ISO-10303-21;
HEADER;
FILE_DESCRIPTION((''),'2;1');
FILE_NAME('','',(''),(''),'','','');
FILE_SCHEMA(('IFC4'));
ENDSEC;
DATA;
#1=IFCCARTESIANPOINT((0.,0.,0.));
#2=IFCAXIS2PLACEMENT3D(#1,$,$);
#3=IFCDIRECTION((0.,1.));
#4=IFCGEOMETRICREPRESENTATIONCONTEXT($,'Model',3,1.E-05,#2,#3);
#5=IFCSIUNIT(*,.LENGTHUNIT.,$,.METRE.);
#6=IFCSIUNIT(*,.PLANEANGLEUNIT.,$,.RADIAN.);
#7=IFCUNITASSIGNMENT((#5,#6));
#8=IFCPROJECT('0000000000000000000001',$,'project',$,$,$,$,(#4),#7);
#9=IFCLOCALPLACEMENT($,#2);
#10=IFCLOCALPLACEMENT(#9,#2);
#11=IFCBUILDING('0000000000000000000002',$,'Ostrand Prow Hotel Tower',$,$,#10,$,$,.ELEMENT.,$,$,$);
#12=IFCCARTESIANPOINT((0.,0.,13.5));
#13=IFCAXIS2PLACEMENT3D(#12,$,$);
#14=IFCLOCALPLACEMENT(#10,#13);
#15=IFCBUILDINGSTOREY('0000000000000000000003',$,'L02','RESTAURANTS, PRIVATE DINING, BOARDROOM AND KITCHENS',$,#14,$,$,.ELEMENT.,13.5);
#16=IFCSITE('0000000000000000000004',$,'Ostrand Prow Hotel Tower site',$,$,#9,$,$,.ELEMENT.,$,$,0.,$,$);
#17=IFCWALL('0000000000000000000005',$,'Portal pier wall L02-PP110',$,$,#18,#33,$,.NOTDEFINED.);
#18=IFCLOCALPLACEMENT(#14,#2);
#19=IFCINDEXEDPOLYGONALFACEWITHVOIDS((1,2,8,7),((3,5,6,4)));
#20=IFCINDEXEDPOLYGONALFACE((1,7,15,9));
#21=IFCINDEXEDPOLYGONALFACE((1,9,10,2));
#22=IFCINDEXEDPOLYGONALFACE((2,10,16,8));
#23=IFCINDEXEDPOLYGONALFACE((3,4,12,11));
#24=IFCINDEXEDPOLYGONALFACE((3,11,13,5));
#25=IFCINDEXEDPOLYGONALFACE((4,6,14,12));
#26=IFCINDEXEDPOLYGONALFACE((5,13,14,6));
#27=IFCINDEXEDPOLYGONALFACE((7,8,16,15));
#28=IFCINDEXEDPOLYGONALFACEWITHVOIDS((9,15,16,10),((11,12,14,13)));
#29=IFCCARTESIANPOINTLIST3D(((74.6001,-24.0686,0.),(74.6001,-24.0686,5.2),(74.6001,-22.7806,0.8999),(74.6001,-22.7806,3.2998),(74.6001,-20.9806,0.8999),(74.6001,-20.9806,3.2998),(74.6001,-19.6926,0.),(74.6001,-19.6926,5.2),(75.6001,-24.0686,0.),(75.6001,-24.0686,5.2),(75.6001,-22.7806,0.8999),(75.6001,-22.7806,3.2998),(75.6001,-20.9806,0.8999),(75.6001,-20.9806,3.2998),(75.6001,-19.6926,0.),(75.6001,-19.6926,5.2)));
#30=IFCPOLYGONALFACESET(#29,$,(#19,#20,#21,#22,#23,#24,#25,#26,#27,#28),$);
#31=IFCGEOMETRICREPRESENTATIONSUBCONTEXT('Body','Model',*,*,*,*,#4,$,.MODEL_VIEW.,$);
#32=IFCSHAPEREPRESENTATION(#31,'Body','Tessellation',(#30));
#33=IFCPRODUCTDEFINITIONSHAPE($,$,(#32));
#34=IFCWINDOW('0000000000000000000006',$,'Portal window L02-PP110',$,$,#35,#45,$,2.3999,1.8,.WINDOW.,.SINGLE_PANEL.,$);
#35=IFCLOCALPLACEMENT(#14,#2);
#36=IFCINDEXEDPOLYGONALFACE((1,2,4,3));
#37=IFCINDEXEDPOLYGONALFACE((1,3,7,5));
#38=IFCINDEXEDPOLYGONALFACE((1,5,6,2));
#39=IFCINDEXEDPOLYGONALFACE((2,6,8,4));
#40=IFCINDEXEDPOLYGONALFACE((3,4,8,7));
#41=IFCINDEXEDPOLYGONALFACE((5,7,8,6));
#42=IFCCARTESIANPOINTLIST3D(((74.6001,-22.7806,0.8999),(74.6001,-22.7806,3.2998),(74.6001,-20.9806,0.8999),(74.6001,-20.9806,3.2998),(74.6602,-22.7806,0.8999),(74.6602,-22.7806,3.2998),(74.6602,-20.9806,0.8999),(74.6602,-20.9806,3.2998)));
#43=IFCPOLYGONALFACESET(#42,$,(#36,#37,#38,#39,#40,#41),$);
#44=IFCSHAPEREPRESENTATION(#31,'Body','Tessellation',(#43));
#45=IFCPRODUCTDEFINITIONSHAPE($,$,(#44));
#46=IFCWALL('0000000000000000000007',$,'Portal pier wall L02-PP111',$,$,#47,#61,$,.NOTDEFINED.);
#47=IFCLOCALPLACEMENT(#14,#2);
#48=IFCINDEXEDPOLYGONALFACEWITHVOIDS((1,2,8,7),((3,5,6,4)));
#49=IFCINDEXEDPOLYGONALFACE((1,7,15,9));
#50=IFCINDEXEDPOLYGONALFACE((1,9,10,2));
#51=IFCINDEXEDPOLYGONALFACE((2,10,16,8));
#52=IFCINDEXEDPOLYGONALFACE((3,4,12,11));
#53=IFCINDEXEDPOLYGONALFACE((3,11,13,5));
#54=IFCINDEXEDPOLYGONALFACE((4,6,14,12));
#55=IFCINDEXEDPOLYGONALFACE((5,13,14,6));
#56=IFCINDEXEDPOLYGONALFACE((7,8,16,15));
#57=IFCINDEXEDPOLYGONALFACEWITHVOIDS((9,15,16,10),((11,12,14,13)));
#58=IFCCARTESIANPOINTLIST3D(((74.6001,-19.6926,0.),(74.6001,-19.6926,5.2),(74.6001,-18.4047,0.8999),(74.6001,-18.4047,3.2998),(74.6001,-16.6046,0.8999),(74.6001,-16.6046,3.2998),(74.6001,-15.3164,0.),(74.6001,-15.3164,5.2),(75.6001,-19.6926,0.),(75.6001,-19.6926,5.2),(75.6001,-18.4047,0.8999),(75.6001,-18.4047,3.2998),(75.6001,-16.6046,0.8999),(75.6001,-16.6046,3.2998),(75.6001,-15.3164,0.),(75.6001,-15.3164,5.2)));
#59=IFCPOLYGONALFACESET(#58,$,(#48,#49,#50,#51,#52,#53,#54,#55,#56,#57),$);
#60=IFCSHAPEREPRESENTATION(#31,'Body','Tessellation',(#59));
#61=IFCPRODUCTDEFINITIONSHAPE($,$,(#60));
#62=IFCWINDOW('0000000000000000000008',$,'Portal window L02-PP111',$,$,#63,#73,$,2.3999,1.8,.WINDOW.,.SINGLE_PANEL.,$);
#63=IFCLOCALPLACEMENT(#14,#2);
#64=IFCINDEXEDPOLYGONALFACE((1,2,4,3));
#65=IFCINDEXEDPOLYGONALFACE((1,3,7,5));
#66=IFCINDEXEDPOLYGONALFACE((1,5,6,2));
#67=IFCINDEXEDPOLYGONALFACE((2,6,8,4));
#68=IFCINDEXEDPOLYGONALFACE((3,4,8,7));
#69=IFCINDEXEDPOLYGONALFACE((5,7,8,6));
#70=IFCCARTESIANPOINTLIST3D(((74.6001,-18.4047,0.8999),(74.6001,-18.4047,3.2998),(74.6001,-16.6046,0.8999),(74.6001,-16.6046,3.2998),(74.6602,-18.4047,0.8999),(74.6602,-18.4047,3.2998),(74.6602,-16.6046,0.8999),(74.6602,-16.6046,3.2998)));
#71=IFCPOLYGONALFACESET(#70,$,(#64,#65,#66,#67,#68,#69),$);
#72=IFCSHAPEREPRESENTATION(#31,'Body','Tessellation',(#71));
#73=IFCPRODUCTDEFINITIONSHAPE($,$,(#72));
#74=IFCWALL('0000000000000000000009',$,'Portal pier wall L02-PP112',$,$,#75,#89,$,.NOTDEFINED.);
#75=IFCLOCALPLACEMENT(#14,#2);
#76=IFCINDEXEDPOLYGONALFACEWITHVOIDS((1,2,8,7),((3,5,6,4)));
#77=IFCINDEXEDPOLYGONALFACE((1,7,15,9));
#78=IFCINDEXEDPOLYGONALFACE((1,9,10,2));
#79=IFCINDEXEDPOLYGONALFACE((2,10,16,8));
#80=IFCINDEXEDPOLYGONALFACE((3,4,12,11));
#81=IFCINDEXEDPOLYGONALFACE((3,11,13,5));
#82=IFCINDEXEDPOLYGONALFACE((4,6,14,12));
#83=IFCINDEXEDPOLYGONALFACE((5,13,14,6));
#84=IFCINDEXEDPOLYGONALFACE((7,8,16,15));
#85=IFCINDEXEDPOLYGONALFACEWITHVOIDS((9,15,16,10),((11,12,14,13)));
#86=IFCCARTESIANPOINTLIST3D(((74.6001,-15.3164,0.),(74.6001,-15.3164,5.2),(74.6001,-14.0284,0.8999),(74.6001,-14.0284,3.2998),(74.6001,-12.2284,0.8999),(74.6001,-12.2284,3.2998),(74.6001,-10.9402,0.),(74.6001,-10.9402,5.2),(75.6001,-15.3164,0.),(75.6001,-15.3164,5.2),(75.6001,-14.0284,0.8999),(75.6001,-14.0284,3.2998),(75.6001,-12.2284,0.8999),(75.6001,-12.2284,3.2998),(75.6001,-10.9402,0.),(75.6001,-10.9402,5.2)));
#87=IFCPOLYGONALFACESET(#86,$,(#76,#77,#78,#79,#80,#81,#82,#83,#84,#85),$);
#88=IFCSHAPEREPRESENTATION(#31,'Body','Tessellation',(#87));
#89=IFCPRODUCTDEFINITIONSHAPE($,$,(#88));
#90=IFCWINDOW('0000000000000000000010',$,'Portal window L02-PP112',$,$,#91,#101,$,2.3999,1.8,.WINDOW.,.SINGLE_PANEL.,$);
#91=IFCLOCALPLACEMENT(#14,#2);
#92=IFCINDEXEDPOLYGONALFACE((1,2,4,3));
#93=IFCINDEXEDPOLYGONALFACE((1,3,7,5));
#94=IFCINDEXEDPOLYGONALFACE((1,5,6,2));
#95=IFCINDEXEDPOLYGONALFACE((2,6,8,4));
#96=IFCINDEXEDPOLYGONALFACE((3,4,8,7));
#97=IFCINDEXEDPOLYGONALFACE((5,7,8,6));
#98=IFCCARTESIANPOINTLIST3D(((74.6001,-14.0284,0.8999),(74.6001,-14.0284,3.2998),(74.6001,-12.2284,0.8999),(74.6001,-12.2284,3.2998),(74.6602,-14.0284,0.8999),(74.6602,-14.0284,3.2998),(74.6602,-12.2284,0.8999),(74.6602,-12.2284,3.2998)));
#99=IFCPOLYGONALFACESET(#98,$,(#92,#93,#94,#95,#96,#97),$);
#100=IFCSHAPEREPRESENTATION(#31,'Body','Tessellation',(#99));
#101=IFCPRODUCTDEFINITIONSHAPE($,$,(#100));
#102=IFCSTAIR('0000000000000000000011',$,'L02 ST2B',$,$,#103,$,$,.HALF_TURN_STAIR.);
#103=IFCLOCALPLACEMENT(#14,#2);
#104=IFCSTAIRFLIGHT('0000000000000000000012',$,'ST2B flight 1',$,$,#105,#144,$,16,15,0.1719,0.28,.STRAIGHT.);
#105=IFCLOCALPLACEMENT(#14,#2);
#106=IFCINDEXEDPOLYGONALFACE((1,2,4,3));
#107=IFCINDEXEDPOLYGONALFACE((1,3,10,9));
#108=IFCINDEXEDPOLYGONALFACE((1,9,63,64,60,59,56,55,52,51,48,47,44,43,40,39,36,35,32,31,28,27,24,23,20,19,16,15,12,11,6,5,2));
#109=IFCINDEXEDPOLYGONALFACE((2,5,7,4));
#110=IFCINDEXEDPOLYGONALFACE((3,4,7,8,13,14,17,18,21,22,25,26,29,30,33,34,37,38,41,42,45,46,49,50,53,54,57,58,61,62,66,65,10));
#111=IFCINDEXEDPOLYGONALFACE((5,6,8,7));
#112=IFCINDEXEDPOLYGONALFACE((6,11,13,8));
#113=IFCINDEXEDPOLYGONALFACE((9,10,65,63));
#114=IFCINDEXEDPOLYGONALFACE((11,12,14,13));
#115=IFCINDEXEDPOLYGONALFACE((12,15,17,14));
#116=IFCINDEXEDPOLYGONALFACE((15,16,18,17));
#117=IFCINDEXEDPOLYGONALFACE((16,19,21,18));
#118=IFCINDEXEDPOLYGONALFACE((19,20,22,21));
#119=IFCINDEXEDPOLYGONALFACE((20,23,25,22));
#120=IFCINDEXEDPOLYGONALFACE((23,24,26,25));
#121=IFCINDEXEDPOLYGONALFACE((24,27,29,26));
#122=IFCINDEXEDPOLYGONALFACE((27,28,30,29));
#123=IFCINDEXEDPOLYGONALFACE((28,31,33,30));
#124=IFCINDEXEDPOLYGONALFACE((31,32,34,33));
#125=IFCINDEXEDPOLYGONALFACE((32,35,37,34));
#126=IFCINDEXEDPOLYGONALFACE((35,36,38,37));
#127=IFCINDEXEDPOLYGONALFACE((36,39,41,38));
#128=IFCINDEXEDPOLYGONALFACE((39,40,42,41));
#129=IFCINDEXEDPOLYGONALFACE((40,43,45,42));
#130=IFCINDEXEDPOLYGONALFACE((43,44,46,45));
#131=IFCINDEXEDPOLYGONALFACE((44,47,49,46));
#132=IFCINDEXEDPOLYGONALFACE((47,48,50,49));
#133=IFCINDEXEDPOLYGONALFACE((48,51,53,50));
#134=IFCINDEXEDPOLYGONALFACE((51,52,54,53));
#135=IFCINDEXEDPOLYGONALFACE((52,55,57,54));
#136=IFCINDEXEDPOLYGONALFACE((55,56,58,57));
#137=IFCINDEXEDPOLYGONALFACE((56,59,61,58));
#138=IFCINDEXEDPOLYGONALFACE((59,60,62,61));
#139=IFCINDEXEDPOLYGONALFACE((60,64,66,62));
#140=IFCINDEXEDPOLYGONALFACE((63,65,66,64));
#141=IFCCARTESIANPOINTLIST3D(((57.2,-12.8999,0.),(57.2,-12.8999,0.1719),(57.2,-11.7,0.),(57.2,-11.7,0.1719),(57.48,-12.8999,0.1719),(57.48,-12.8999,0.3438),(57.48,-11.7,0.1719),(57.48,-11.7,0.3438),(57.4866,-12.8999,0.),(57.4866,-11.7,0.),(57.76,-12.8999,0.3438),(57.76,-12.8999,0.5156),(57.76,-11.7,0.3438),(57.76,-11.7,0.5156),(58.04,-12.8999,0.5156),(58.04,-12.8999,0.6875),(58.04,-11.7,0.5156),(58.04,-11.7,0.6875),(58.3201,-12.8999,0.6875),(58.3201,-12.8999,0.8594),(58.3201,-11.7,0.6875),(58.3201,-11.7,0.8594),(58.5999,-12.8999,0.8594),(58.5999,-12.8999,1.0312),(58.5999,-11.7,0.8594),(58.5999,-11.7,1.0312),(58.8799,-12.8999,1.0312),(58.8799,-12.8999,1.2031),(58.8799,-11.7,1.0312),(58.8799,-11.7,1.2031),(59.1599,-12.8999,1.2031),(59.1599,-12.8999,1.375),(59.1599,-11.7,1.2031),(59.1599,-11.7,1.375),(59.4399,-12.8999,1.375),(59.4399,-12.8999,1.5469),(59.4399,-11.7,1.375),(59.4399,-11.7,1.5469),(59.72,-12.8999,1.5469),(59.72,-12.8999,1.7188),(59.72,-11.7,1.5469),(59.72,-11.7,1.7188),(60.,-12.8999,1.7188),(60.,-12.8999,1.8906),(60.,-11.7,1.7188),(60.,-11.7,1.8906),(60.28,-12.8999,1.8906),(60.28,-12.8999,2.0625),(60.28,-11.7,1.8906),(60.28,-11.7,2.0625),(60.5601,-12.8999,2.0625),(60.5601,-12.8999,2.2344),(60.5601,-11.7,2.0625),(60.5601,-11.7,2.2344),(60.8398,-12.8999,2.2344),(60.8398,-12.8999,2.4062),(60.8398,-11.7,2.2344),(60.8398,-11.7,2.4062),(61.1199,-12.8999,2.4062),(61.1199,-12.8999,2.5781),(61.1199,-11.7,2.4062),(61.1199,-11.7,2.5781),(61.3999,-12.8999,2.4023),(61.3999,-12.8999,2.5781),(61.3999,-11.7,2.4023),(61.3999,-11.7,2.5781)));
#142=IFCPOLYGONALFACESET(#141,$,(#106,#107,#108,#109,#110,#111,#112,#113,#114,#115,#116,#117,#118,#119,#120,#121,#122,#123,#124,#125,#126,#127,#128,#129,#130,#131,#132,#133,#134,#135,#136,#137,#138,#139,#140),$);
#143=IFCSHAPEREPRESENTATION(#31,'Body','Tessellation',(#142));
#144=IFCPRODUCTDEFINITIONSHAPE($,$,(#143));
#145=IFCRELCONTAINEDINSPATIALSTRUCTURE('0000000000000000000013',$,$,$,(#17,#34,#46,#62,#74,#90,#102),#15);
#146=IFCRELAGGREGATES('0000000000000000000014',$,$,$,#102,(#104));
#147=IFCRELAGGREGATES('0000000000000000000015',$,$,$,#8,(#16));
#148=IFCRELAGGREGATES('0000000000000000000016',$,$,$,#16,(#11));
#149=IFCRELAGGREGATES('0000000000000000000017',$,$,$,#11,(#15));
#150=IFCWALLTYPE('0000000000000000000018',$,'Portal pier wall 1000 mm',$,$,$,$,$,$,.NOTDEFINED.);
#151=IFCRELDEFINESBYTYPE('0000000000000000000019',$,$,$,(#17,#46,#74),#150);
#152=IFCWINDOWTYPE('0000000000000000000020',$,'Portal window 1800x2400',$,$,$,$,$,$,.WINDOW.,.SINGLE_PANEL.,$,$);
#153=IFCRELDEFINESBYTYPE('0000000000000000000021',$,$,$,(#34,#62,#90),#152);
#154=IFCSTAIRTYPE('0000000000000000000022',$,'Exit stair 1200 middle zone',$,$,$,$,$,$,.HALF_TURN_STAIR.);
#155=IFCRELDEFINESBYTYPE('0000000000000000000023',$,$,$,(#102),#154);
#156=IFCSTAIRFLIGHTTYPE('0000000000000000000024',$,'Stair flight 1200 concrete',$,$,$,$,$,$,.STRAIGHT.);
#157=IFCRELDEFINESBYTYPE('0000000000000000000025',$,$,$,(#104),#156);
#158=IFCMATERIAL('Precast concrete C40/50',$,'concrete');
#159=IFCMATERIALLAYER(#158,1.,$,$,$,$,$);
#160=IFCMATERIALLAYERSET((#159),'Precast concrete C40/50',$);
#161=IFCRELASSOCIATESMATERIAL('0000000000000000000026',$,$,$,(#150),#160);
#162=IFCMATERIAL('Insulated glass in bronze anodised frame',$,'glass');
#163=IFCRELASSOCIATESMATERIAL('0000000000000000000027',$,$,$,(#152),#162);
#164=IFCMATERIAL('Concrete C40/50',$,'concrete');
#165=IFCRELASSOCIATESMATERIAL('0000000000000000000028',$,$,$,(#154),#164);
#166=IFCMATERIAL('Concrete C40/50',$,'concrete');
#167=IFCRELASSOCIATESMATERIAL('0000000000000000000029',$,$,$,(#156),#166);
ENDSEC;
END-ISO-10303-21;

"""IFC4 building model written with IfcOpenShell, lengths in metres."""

from ifc_helpers import new_model, si_unit, direction, frame, frame_2d, origin, place, context, subcontext, project, spatial, polyline, rectangle, outline, extrude, material, layer, layer_set, type_object, element, fill, aggregate, save


model = new_model("IFC4")

# Units and contexts
model_context = context("Model", 3, precision=1e-05, world=origin(), true_north=direction((0.0, 1.0)))
body_context = subcontext(model_context, "Body", "Model", "MODEL_VIEW")
ifc_project = project(units=[si_unit("LENGTHUNIT", "METRE"), si_unit("PLANEANGLEUNIT", "RADIAN")], contexts=[model_context])

# Site, building, storey
site_placement = place(None, origin())
site = spatial("IfcSite", under=ifc_project, at=site_placement, Name="Ostrand Prow Hotel Tower site", CompositionType="ELEMENT", RefElevation=0.0)
building_placement = place(site_placement, origin())
building = spatial("IfcBuilding", under=site, at=building_placement, Name="Ostrand Prow Hotel Tower", CompositionType="ELEMENT")
storey_placement = place(building_placement, frame((0.0, 0.0, 13.5)))
storey = spatial("IfcBuildingStorey", under=building, at=storey_placement, Name="L02", Description="RESTAURANTS, PRIVATE DINING, BOARDROOM AND KITCHENS", CompositionType="ELEMENT", Elevation=13.5)

# Walls, openings, windows
ifc_material_1 = material(Name="Precast concrete C40/50", Category="concrete")
ifc_layer_1 = layer(ifc_material_1, 1.0)
ifc_layer_set_1 = layer_set([ifc_layer_1], Name="Precast concrete C40/50")
wall_type_1 = type_object("IfcWallType", Name="Portal pier wall 1000 mm", PredefinedType="NOTDEFINED", material=ifc_layer_set_1)
wall_1_placement = place(storey_placement, frame((75.1001, -24.0686, 0.0), z_axis=(0.0, 0.0, 1.0), x_axis=(0.0, 1.0, 0.0)))
wall_1 = element("IfcWall", 1, at=wall_1_placement, inside=storey, type_object=wall_type_1, Name="Portal pier wall L02-PP110", PredefinedType="NOTDEFINED", context=body_context, shape_type="SweptSolid", body=[
    extrude(outline(polyline([(0.0, -0.5), (4.376, -0.5), (4.376, 0.5), (0.0, 0.5), (0.0, -0.5)])), origin(), (0.0, 0.0, 1.0), 5.2),
])
opening_1_placement = place(wall_1_placement, frame((1.2881, 0.0, 0.8999)))
opening_1 = element("IfcOpeningElement", 2, at=opening_1_placement, cuts=wall_1, PredefinedType="OPENING", context=body_context, shape_type="SweptSolid", body=[
    extrude(rectangle(XDim=1.8, YDim=2.3999, at=frame_2d((0.8999, 1.2))), frame((0.0, 0.51, 0.0), z_axis=(0.0, -1.0, 0.0), x_axis=(1.0, 0.0, 0.0)), (0.0, 0.0, 1.0), 1.02),
])
ifc_material_2 = material(Name="Insulated glass in bronze anodised frame", Category="glass")
window_type = type_object("IfcWindowType", Name="Portal window 1800x2400", PartitioningType="SINGLE_PANEL", PredefinedType="WINDOW", material=ifc_material_2)
window_1_placement = place(opening_1_placement, origin())
window_1 = element("IfcWindow", 3, at=window_1_placement, inside=storey, type_object=window_type, Name="Portal window L02-PP110", OverallHeight=2.3999, OverallWidth=1.8, PartitioningType="SINGLE_PANEL", PredefinedType="WINDOW", context=body_context, shape_type="SweptSolid", body=[
    extrude(rectangle(XDim=1.8, YDim=2.3999, at=frame_2d((0.8999, 1.2))), frame((0.0, 0.5, 0.0), z_axis=(0.0, -1.0, 0.0), x_axis=(1.0, 0.0, 0.0)), (0.0, 0.0, 1.0), 0.0601),
])
fill(opening_1, window_1)
wall_2_placement = place(storey_placement, frame((75.1001, -19.6926, 0.0), z_axis=(0.0, 0.0, 1.0), x_axis=(0.0, 1.0, 0.0)))
wall_2 = element("IfcWall", 4, at=wall_2_placement, inside=storey, type_object=wall_type_1, Name="Portal pier wall L02-PP111", PredefinedType="NOTDEFINED", context=body_context, shape_type="SweptSolid", body=[
    extrude(outline(polyline([(0.0, -0.5), (4.3762, -0.5), (4.3762, 0.5), (0.0, 0.5), (0.0, -0.5)])), origin(), (0.0, 0.0, 1.0), 5.2),
])
opening_2_placement = place(wall_2_placement, frame((1.2881, 0.0, 0.8999)))
opening_2 = element("IfcOpeningElement", 5, at=opening_2_placement, cuts=wall_2, PredefinedType="OPENING", context=body_context, shape_type="SweptSolid", body=[
    extrude(rectangle(XDim=1.8, YDim=2.3999, at=frame_2d((0.8999, 1.2))), frame((0.0, 0.51, 0.0), z_axis=(0.0, -1.0, 0.0), x_axis=(1.0, 0.0, 0.0)), (0.0, 0.0, 1.0), 1.02),
])
window_2_placement = place(opening_2_placement, origin())
window_2 = element("IfcWindow", 6, at=window_2_placement, inside=storey, type_object=window_type, Name="Portal window L02-PP111", OverallHeight=2.3999, OverallWidth=1.8, PartitioningType="SINGLE_PANEL", PredefinedType="WINDOW", context=body_context, shape_type="SweptSolid", body=[
    extrude(rectangle(XDim=1.8, YDim=2.3999, at=frame_2d((0.8999, 1.2))), frame((0.0, 0.5, 0.0), z_axis=(0.0, -1.0, 0.0), x_axis=(1.0, 0.0, 0.0)), (0.0, 0.0, 1.0), 0.0601),
])
fill(opening_2, window_2)
wall_3_placement = place(storey_placement, frame((75.1001, -15.3164, 0.0), z_axis=(0.0, 0.0, 1.0), x_axis=(0.0, 1.0, 0.0)))
wall_3 = element("IfcWall", 7, at=wall_3_placement, inside=storey, type_object=wall_type_1, Name="Portal pier wall L02-PP112", PredefinedType="NOTDEFINED", context=body_context, shape_type="SweptSolid", body=[
    extrude(outline(polyline([(0.0, -0.5), (4.3762, -0.5), (4.3762, 0.5), (0.0, 0.5), (0.0, -0.5)])), origin(), (0.0, 0.0, 1.0), 5.2),
])
opening_3_placement = place(wall_3_placement, frame((1.2881, 0.0, 0.8999)))
opening_3 = element("IfcOpeningElement", 8, at=opening_3_placement, cuts=wall_3, PredefinedType="OPENING", context=body_context, shape_type="SweptSolid", body=[
    extrude(rectangle(XDim=1.8, YDim=2.3999, at=frame_2d((0.8999, 1.2))), frame((0.0, 0.51, 0.0), z_axis=(0.0, -1.0, 0.0), x_axis=(1.0, 0.0, 0.0)), (0.0, 0.0, 1.0), 1.02),
])
window_3_placement = place(opening_3_placement, origin())
window_3 = element("IfcWindow", 9, at=window_3_placement, inside=storey, type_object=window_type, Name="Portal window L02-PP112", OverallHeight=2.3999, OverallWidth=1.8, PartitioningType="SINGLE_PANEL", PredefinedType="WINDOW", context=body_context, shape_type="SweptSolid", body=[
    extrude(rectangle(XDim=1.8, YDim=2.3999, at=frame_2d((0.8999, 1.2))), frame((0.0, 0.5, 0.0), z_axis=(0.0, -1.0, 0.0), x_axis=(1.0, 0.0, 0.0)), (0.0, 0.0, 1.0), 0.0601),
])
fill(opening_3, window_3)

# Stair, stair flight
ifc_material_3 = material(Name="Concrete C40/50", Category="concrete")
stair_type = type_object("IfcStairType", Name="Exit stair 1200 middle zone", PredefinedType="HALF_TURN_STAIR", material=ifc_material_3)
stair_placement = place(storey_placement, origin())
stair = element("IfcStair", 10, at=stair_placement, inside=storey, type_object=stair_type, Name="L02 ST2B", PredefinedType="HALF_TURN_STAIR")
ifc_material_4 = material(Name="Concrete C40/50", Category="concrete")
stair_flight_type = type_object("IfcStairFlightType", Name="Stair flight 1200 concrete", PredefinedType="STRAIGHT", material=ifc_material_4)
stair_flight_placement = place(storey_placement, frame((57.2, -12.3, 0.0), z_axis=(0.0, 0.0, 1.0), x_axis=(1.0, 0.0, 0.0)))
stair_flight = element("IfcStairFlight", 11, at=stair_flight_placement, type_object=stair_flight_type, Name="ST2B flight 1", NumberOfRisers=16, NumberOfTreads=15, PredefinedType="STRAIGHT", RiserHeight=0.1719, TreadLength=0.28, context=body_context, shape_type="SweptSolid", body=[
    extrude(outline(polyline([(0.0, 0.0), (0.0, 0.1719), (0.28, 0.1719), (0.28, 0.3438), (0.5601, 0.3438), (0.5601, 0.5156), (0.8401, 0.5156), (0.8401, 0.6875), (1.1201, 0.6875), (1.1201, 0.8594), (1.3999, 0.8594), (1.3999, 1.0312), (1.6799, 1.0312), (1.6799, 1.2031), (1.96, 1.2031), (1.96, 1.375), (2.24, 1.375), (2.24, 1.5469), (2.52, 1.5469), (2.52, 1.7188), (2.8, 1.7188), (2.8, 1.8906), (3.0801, 1.8906), (3.0801, 2.0625), (3.3601, 2.0625), (3.3601, 2.2344), (3.6399, 2.2344), (3.6399, 2.4062), (3.9199, 2.4062), (3.9199, 2.5781), (4.2, 2.5781), (4.2, 2.75), (4.2, 2.4023), (0.2866, 0.0), (0.0, 0.0)])), frame((0.0, 0.6001, 0.0), z_axis=(0.0, -1.0, 0.0), x_axis=(1.0, 0.0, 0.0)), (0.0, 0.0, 1.0), 1.2),
])
aggregate(stair, [stair_flight])

save(model, "model.ifc")
